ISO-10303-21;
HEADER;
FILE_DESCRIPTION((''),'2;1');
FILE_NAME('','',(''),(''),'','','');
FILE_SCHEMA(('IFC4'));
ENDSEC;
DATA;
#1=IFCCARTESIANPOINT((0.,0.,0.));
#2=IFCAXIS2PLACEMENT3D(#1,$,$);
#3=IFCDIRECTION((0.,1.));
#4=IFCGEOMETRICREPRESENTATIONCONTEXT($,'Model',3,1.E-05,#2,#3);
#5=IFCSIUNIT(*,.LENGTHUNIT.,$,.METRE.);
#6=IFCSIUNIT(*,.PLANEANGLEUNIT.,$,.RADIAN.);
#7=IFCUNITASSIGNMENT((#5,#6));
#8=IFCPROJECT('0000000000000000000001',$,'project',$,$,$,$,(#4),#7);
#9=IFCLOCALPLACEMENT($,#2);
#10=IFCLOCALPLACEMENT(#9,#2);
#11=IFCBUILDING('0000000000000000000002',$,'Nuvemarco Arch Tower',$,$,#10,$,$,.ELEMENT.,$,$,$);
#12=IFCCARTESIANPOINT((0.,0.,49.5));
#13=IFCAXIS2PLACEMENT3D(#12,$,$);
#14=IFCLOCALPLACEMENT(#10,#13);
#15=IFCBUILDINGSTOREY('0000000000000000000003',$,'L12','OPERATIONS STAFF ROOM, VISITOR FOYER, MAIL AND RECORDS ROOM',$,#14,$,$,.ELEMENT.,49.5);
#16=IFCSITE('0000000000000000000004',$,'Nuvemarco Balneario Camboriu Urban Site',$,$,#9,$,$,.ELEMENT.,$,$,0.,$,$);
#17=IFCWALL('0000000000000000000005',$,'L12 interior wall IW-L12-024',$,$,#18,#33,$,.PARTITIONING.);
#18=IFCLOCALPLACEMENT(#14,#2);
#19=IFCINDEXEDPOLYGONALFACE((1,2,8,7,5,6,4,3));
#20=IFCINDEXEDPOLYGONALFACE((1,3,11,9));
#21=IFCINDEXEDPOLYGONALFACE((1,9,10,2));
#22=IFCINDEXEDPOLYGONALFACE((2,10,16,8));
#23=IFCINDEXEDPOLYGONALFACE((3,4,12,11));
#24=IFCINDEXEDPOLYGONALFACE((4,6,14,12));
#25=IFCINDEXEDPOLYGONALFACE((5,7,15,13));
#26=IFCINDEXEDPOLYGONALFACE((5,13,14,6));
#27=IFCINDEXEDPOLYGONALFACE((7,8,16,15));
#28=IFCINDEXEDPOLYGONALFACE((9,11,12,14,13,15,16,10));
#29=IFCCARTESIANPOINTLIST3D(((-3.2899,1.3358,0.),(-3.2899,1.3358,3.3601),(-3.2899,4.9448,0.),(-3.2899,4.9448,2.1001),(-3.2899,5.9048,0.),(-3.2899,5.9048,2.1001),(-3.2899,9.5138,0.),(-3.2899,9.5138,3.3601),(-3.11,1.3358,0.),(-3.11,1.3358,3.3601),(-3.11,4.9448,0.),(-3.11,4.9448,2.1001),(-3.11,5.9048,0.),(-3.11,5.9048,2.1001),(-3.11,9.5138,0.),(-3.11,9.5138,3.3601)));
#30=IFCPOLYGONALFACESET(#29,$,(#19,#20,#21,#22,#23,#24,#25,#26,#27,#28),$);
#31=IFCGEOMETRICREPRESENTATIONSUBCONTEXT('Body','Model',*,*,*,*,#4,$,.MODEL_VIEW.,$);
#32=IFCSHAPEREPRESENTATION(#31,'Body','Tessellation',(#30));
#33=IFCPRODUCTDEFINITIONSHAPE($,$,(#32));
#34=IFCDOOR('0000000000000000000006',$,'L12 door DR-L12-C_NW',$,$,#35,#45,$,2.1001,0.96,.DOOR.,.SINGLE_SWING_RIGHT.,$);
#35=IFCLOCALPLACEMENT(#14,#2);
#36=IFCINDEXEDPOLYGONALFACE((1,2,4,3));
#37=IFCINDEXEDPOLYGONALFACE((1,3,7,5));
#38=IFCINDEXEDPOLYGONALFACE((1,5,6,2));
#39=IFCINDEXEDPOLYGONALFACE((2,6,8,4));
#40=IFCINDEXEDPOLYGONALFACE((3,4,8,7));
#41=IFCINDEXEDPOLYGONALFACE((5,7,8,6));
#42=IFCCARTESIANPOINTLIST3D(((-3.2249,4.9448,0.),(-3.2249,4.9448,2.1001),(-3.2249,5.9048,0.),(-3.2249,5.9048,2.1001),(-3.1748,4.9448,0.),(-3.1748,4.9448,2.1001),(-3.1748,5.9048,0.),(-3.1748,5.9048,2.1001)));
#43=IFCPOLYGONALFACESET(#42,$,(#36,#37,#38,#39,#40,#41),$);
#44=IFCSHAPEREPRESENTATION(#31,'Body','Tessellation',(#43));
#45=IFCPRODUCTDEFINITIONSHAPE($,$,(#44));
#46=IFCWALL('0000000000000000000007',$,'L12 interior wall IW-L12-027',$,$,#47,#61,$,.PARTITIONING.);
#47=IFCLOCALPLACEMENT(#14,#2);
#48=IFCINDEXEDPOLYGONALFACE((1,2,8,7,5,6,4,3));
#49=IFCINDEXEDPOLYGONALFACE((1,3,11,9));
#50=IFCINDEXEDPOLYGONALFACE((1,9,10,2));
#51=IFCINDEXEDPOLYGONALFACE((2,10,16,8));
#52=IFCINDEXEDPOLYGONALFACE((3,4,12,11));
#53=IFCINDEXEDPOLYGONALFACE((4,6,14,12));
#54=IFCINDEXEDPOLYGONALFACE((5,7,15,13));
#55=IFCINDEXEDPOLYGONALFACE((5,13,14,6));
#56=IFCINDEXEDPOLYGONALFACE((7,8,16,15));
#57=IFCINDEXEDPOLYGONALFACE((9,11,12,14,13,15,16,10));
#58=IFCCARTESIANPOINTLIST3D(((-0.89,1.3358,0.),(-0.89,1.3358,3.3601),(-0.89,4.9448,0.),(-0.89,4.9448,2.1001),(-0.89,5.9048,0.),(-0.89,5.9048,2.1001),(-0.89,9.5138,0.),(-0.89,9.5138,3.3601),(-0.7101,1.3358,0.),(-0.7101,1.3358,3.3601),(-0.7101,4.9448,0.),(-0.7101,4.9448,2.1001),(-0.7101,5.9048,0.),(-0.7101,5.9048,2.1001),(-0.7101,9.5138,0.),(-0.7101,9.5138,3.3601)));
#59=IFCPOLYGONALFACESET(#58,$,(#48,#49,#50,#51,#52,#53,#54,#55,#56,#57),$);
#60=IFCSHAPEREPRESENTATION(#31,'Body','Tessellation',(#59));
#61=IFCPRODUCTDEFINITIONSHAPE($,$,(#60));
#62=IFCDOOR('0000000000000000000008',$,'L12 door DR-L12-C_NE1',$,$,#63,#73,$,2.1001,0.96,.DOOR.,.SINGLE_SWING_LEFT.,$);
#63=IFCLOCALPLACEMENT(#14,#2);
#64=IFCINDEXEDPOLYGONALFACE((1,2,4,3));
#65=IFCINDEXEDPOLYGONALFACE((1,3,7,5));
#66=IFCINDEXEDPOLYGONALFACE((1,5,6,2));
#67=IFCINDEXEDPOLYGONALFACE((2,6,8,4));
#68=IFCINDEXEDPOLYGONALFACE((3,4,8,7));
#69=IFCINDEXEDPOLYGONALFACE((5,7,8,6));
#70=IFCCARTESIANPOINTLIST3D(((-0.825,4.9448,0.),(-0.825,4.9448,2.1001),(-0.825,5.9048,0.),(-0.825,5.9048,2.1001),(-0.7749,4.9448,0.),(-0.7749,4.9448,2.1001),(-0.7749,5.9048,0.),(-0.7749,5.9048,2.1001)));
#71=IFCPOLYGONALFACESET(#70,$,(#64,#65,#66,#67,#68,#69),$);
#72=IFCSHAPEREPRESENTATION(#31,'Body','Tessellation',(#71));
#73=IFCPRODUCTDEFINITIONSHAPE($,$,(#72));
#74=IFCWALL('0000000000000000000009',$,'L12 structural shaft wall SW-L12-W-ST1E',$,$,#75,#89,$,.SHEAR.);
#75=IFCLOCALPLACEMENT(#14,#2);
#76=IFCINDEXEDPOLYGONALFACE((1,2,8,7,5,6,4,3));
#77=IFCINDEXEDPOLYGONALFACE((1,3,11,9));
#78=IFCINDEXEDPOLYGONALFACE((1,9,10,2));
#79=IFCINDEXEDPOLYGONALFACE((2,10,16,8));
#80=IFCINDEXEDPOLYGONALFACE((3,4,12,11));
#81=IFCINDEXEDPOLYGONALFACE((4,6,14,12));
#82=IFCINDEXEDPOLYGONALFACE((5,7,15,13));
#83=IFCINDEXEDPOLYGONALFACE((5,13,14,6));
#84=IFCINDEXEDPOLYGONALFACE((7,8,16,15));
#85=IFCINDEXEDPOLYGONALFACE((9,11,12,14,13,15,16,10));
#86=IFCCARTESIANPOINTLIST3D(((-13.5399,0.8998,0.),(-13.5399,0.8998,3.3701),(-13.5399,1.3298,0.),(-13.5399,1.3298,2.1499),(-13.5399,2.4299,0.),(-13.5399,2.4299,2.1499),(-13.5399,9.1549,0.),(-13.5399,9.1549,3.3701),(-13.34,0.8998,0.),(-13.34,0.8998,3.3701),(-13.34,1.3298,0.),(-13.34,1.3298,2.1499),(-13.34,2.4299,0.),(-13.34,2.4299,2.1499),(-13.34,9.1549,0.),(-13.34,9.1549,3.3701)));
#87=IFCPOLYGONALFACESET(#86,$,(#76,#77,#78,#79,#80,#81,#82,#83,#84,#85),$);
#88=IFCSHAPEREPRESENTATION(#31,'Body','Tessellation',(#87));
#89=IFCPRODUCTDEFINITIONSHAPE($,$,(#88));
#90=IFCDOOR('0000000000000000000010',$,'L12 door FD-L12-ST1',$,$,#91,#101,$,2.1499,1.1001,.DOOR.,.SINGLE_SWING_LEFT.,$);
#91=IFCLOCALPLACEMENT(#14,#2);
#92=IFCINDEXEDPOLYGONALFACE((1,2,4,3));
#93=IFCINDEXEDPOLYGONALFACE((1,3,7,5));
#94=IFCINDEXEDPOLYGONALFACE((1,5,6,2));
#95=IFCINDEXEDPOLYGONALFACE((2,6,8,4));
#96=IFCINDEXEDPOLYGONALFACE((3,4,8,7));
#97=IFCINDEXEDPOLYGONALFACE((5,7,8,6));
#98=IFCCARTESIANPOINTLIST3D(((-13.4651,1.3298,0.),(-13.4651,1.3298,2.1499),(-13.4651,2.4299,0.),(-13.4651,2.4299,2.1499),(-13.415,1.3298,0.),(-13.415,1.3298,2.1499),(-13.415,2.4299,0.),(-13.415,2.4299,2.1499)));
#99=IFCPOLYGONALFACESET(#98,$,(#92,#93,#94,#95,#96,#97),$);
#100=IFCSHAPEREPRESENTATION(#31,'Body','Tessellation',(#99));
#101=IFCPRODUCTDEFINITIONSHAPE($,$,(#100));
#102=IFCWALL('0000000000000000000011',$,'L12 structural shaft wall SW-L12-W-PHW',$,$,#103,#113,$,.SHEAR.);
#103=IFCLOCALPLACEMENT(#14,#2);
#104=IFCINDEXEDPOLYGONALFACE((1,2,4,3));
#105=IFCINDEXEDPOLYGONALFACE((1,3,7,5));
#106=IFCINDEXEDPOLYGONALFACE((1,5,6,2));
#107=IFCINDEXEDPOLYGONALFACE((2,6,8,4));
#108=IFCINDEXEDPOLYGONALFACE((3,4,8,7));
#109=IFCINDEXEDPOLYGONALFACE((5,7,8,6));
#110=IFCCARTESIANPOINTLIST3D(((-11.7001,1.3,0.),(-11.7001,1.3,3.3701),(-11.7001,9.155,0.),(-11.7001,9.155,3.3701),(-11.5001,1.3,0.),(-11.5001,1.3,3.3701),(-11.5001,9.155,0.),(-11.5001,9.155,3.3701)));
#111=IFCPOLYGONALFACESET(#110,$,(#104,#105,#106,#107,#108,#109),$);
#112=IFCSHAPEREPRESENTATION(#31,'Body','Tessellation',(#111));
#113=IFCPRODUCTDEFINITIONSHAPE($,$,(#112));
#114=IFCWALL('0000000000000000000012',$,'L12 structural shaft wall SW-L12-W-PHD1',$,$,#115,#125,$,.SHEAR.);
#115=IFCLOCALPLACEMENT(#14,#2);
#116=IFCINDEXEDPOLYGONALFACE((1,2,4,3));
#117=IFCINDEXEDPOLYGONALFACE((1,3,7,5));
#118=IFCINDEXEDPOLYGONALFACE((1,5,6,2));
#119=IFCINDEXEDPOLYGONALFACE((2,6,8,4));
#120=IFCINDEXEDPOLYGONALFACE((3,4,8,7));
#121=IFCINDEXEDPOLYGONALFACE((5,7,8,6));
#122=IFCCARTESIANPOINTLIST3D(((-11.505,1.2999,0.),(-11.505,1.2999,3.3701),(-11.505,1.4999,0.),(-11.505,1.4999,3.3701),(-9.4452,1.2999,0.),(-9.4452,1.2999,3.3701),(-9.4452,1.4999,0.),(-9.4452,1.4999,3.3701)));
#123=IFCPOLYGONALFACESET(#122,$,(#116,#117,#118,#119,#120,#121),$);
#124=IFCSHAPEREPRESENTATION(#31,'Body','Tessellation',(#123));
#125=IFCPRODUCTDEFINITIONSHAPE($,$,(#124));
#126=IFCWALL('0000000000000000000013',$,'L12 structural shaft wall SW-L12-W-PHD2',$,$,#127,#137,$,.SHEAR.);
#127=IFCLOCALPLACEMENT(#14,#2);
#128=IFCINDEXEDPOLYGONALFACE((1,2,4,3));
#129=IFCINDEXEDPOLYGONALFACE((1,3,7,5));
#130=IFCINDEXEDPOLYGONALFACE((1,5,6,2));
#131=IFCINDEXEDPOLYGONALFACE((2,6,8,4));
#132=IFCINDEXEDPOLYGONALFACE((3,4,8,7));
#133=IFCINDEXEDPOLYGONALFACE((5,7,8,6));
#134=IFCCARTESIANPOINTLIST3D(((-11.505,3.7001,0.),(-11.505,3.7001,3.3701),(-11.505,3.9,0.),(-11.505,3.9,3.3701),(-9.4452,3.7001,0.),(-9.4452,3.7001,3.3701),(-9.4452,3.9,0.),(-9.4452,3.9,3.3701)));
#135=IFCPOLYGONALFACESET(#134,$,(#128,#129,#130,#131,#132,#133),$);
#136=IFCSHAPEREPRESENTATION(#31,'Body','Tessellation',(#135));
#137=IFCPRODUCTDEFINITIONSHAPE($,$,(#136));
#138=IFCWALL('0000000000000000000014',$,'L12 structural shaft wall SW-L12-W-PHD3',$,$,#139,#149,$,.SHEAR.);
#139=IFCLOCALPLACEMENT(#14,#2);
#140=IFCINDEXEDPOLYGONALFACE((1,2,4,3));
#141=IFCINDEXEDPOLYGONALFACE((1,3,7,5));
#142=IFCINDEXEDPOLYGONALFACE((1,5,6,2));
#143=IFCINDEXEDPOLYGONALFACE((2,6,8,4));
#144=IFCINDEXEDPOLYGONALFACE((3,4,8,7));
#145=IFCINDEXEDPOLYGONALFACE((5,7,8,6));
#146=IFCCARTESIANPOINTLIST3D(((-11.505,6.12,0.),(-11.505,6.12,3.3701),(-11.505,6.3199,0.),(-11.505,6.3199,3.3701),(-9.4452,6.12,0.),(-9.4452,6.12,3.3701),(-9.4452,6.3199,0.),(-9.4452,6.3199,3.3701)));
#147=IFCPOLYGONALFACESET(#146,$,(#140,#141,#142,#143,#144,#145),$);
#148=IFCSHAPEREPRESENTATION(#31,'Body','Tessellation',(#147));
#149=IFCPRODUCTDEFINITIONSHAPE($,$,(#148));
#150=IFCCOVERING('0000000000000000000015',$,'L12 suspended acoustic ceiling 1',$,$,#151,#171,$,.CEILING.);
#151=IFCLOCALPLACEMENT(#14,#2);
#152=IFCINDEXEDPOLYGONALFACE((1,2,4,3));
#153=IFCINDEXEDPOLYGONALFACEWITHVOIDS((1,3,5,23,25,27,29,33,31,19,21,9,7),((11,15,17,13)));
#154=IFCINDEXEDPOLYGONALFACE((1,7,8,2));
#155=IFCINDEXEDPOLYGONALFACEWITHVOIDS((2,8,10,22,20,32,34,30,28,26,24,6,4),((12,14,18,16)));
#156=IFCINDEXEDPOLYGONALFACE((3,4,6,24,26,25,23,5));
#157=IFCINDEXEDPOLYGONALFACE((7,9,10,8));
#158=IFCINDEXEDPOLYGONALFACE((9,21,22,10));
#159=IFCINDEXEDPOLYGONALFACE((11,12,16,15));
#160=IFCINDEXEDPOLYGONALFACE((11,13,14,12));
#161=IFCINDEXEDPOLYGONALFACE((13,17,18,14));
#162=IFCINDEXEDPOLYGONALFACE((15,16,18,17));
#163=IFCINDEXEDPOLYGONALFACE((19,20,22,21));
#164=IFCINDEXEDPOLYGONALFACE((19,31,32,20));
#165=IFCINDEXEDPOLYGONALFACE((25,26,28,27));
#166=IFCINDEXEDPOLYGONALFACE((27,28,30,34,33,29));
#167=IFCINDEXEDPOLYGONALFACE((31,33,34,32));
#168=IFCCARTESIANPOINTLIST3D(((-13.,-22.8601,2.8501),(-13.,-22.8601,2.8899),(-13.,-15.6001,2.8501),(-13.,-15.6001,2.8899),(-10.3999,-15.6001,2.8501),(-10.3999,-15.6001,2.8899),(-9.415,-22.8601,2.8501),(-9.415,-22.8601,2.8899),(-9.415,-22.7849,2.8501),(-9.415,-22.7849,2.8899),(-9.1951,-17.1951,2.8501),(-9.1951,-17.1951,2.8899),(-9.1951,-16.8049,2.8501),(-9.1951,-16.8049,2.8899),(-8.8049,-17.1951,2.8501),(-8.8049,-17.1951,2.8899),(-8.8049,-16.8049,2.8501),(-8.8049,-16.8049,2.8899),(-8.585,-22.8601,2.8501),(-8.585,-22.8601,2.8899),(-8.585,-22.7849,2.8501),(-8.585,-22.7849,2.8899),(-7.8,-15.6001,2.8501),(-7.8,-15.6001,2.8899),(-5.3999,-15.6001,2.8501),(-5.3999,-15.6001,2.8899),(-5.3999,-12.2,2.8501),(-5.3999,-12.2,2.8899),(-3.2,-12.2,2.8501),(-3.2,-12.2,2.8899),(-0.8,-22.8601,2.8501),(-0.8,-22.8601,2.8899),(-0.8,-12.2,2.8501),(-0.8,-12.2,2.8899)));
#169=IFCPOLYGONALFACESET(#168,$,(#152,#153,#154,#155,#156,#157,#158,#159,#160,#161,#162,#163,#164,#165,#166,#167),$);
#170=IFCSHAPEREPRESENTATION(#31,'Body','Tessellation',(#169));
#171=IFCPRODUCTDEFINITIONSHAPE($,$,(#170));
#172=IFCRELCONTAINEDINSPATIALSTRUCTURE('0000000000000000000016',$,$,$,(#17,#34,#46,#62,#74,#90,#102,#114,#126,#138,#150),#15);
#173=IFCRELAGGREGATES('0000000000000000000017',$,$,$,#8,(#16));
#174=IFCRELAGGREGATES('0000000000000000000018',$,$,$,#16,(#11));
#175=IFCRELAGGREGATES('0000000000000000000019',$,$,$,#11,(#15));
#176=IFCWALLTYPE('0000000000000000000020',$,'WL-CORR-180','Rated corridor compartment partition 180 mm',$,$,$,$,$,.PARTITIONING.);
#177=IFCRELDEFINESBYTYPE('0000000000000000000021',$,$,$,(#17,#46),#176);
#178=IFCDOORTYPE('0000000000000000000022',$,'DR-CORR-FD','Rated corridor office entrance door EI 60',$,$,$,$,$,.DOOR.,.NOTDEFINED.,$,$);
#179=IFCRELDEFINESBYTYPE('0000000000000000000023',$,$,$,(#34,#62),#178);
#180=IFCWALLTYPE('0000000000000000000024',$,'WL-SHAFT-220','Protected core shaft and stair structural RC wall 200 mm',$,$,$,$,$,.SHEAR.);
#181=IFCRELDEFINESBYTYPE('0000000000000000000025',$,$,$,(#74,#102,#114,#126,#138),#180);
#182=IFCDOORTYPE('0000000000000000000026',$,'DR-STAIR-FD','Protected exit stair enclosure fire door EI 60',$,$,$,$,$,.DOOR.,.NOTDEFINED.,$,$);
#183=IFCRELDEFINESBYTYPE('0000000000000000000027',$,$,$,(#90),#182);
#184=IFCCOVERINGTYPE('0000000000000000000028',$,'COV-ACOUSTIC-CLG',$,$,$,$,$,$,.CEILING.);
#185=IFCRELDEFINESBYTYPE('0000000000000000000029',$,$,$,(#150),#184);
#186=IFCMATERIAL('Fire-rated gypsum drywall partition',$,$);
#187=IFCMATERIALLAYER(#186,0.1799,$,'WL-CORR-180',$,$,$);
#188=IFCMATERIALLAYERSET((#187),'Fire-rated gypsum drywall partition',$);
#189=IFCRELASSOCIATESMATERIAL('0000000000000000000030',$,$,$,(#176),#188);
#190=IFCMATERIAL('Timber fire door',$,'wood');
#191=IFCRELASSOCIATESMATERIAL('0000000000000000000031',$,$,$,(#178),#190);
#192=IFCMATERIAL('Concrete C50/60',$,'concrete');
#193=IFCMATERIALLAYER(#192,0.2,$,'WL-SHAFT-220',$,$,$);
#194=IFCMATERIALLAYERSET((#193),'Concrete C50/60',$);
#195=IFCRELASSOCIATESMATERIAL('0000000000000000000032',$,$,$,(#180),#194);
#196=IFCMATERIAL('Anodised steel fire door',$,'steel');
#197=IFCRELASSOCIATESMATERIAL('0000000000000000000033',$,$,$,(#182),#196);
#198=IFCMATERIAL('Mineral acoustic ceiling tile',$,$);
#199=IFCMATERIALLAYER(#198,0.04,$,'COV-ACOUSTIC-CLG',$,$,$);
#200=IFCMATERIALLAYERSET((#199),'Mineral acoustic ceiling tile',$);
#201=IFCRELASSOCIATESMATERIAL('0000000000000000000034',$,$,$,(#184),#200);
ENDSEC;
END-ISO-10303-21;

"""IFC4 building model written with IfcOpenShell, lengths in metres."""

from ifc_helpers import new_model, si_unit, direction, frame, frame_2d, origin, place, context, subcontext, project, spatial, polyline, rectangle, outline, extrude, source, transform, mapped, material, layer, layer_set, type_object, type_shapes, element, fill, save


model = new_model("IFC4")

# Units and contexts
model_context = context("Model", 3, precision=1e-05, world=origin(), true_north=direction((0.0, 1.0)))
body_context = subcontext(model_context, "Body", "Model", "MODEL_VIEW")
ifc_project = project(units=[si_unit("LENGTHUNIT", "METRE"), si_unit("PLANEANGLEUNIT", "RADIAN")], contexts=[model_context])

# Site, building, storey
site_placement = place(None, origin())
site = spatial("IfcSite", under=ifc_project, at=site_placement, Name="Nuvemarco Balneario Camboriu Urban Site", CompositionType="ELEMENT", RefElevation=0.0)
building_placement = place(site_placement, origin())
building = spatial("IfcBuilding", under=site, at=building_placement, Name="Nuvemarco Arch Tower", CompositionType="ELEMENT")
storey_placement = place(building_placement, frame((0.0, 0.0, 49.5)))
storey = spatial("IfcBuildingStorey", under=building, at=storey_placement, Name="L12", Description="OPERATIONS STAFF ROOM, VISITOR FOYER, MAIL AND RECORDS ROOM", CompositionType="ELEMENT", Elevation=49.5)

# Shared definitions
ifc_material_1 = material(Name="Fire-rated gypsum drywall partition")
ifc_layer_1 = layer(ifc_material_1, 0.1799, Name="WL-CORR-180")
ifc_layer_set_1 = layer_set([ifc_layer_1], Name="Fire-rated gypsum drywall partition")
wall_type_1 = type_object("IfcWallType", Name="WL-CORR-180", Description="Rated corridor compartment partition 180 mm", PredefinedType="PARTITIONING", material=ifc_layer_set_1)

# Walls, openings, doors
ifc_material_2 = material(Name="Timber fire door", Category="wood")
door_type_1 = type_object("IfcDoorType", Name="DR-CORR-FD", Description="Rated corridor office entrance door EI 60", OperationType="NOTDEFINED", PredefinedType="DOOR", material=ifc_material_2)
shared_shape_1 = source(origin(), body_context, "Body", "SweptSolid", [
    extrude(rectangle(XDim=0.96, YDim=2.1001, at=frame_2d((0.48, 1.05))), frame((0.0, 0.0249, 0.0), z_axis=(0.0, -1.0, 0.0), x_axis=(1.0, 0.0, 0.0)), (0.0, 0.0, 1.0), 0.05),
])
type_shapes(door_type_1, [shared_shape_1])
wall_1_placement = place(storey_placement, frame((-3.2, 1.3359, 0.0), z_axis=(0.0, 0.0, 1.0), x_axis=(0.0, 1.0, 0.0)))
wall_1 = element("IfcWall", 1, at=wall_1_placement, inside=storey, type_object=wall_type_1, Name="L12 interior wall IW-L12-024", PredefinedType="PARTITIONING", context=body_context, shape_type="SweptSolid", body=[
    extrude(rectangle(XDim=8.178, YDim=0.1799, at=frame_2d((4.0889, 0.0))), origin(), (0.0, 0.0, 1.0), 3.3601),
])
opening_1_placement = place(wall_1_placement, frame((3.6089, 0.0, 0.0)))
opening_1 = element("IfcOpeningElement", 2, at=opening_1_placement, cuts=wall_1, PredefinedType="OPENING", context=body_context, shape_type="SweptSolid", body=[
    extrude(rectangle(XDim=0.96, YDim=2.1001, at=frame_2d((0.48, 1.05))), frame((0.0, 0.0999, 0.0), z_axis=(0.0, -1.0, 0.0), x_axis=(1.0, 0.0, 0.0)), (0.0, 0.0, 1.0), 0.2),
])
door_1_placement = place(opening_1_placement, origin())
door_1 = element("IfcDoor", 3, at=door_1_placement, inside=storey, type_object=door_type_1, Name="L12 door DR-L12-C_NW", OperationType="SINGLE_SWING_RIGHT", OverallHeight=2.1001, OverallWidth=0.96, PredefinedType="DOOR", context=body_context, shape_type="MappedRepresentation", body=[
    mapped(shared_shape_1, transform((0.0, 0.0, 0.0), scale=1.0)),
])
fill(opening_1, door_1)
wall_2_placement = place(storey_placement, frame((-0.8, 1.3359, 0.0), z_axis=(0.0, 0.0, 1.0), x_axis=(0.0, 1.0, 0.0)))
wall_2 = element("IfcWall", 4, at=wall_2_placement, inside=storey, type_object=wall_type_1, Name="L12 interior wall IW-L12-027", PredefinedType="PARTITIONING", context=body_context, shape_type="SweptSolid", body=[
    extrude(rectangle(XDim=8.178, YDim=0.1799, at=frame_2d((4.0889, 0.0))), origin(), (0.0, 0.0, 1.0), 3.3601),
])
opening_2_placement = place(wall_2_placement, frame((3.6089, 0.0, 0.0)))
opening_2 = element("IfcOpeningElement", 5, at=opening_2_placement, cuts=wall_2, PredefinedType="OPENING", context=body_context, shape_type="SweptSolid", body=[
    extrude(rectangle(XDim=0.96, YDim=2.1001, at=frame_2d((0.48, 1.05))), frame((0.0, 0.0999, 0.0), z_axis=(0.0, -1.0, 0.0), x_axis=(1.0, 0.0, 0.0)), (0.0, 0.0, 1.0), 0.2),
])
door_2_placement = place(opening_2_placement, origin())
door_2 = element("IfcDoor", 6, at=door_2_placement, inside=storey, type_object=door_type_1, Name="L12 door DR-L12-C_NE1", OperationType="SINGLE_SWING_LEFT", OverallHeight=2.1001, OverallWidth=0.96, PredefinedType="DOOR", context=body_context, shape_type="MappedRepresentation", body=[
    mapped(shared_shape_1, transform((0.0, 0.0, 0.0), scale=1.0)),
])
fill(opening_2, door_2)
ifc_material_3 = material(Name="Concrete C50/60", Category="concrete")
ifc_layer_2 = layer(ifc_material_3, 0.2, Name="WL-SHAFT-220")
ifc_layer_set_2 = layer_set([ifc_layer_2], Name="Concrete C50/60")
wall_type_2 = type_object("IfcWallType", Name="WL-SHAFT-220", Description="Protected core shaft and stair structural RC wall 200 mm", PredefinedType="SHEAR", material=ifc_layer_set_2)
wall_3_placement = place(storey_placement, frame((-13.4399, 0.8999, 0.0), z_axis=(0.0, 0.0, 1.0), x_axis=(0.0, 1.0, 0.0)))
wall_3 = element("IfcWall", 7, at=wall_3_placement, inside=storey, type_object=wall_type_2, Name="L12 structural shaft wall SW-L12-W-ST1E", PredefinedType="SHEAR", context=body_context, shape_type="SweptSolid", body=[
    extrude(rectangle(XDim=8.2551, YDim=0.2, at=frame_2d((4.1274, 0.0))), origin(), (0.0, 0.0, 1.0), 3.3701),
])
opening_3_placement = place(wall_3_placement, frame((1.53, 0.0, 0.0), z_axis=(0.0, 0.0, 1.0), x_axis=(-1.0, 0.0, 0.0)))
opening_3 = element("IfcOpeningElement", 8, at=opening_3_placement, cuts=wall_3, PredefinedType="OPENING", context=body_context, shape_type="SweptSolid", body=[
    extrude(rectangle(XDim=1.1001, YDim=2.1499, at=frame_2d((0.55, 1.075))), frame((0.0, 0.1099, 0.0), z_axis=(0.0, -1.0, 0.0), x_axis=(1.0, 0.0, 0.0)), (0.0, 0.0, 1.0), 0.22),
])
ifc_material_4 = material(Name="Anodised steel fire door", Category="steel")
door_type_2 = type_object("IfcDoorType", Name="DR-STAIR-FD", Description="Protected exit stair enclosure fire door EI 60", OperationType="NOTDEFINED", PredefinedType="DOOR", material=ifc_material_4)
shared_shape_2 = source(origin(), body_context, "Body", "SweptSolid", [
    extrude(rectangle(XDim=1.1001, YDim=2.1499, at=frame_2d((0.55, 1.075))), frame((0.0, 0.0249, 0.0), z_axis=(0.0, -1.0, 0.0), x_axis=(1.0, 0.0, 0.0)), (0.0, 0.0, 1.0), 0.05),
])
type_shapes(door_type_2, [shared_shape_2])
door_3_placement = place(opening_3_placement, origin())
door_3 = element("IfcDoor", 9, at=door_3_placement, inside=storey, type_object=door_type_2, Name="L12 door FD-L12-ST1", OperationType="SINGLE_SWING_LEFT", OverallHeight=2.1499, OverallWidth=1.1001, PredefinedType="DOOR", context=body_context, shape_type="MappedRepresentation", body=[
    mapped(shared_shape_2, transform((0.0, 0.0, 0.0), scale=1.0)),
])
fill(opening_3, door_3)

# Walls
wall_4_placement = place(storey_placement, frame((-11.6001, 1.3, 0.0), z_axis=(0.0, 0.0, 1.0), x_axis=(0.0, 1.0, 0.0)))
element("IfcWall", 10, at=wall_4_placement, inside=storey, type_object=wall_type_2, Name="L12 structural shaft wall SW-L12-W-PHW", PredefinedType="SHEAR", context=body_context, shape_type="SweptSolid", body=[
    extrude(rectangle(XDim=7.855, YDim=0.2, at=frame_2d((3.9275, 0.0))), origin(), (0.0, 0.0, 1.0), 3.3701),
])
for number, where, z_axis, x_axis, name in (
    (11, (-11.5049, 1.3999, 0.0), (0.0, 0.0, 1.0), (1.0, 0.0, 0.0), "L12 structural shaft wall SW-L12-W-PHD1"),
    (12, (-11.5049, 3.8, 0.0), (0.0, 0.0, 1.0), (1.0, 0.0, 0.0), "L12 structural shaft wall SW-L12-W-PHD2"),
    (13, (-11.5049, 6.22, 0.0), (0.0, 0.0, 1.0), (1.0, 0.0, 0.0), "L12 structural shaft wall SW-L12-W-PHD3"),
):
    element("IfcWall", number, at=place(storey_placement, frame(where, z_axis=z_axis, x_axis=x_axis)), inside=storey, type_object=wall_type_2, Name=name, PredefinedType="SHEAR", context=body_context, shape_type="SweptSolid", body=[
        extrude(rectangle(XDim=2.0598, YDim=0.2, at=frame_2d((1.0298, 0.0))), origin(), (0.0, 0.0, 1.0), 3.3701),
    ])

# Covering
ifc_material_5 = material(Name="Mineral acoustic ceiling tile")
ifc_layer_3 = layer(ifc_material_5, 0.04, Name="COV-ACOUSTIC-CLG")
ifc_layer_set_3 = layer_set([ifc_layer_3], Name="Mineral acoustic ceiling tile")
covering_type = type_object("IfcCoveringType", Name="COV-ACOUSTIC-CLG", PredefinedType="CEILING", material=ifc_layer_set_3)
covering_1_placement = place(storey_placement, frame((0.0, 0.0, 2.8501)))
element("IfcCovering", 14, at=covering_1_placement, inside=storey, type_object=covering_type, Name="L12 suspended acoustic ceiling 1", PredefinedType="CEILING", context=body_context, shape_type="SweptSolid", body=[
    extrude(outline(polyline([(-5.3999, -15.6001), (-5.3999, -12.2), (-3.2, -12.2), (-0.8, -12.2), (-0.8, -22.8601), (-8.585, -22.8601), (-8.585, -22.7849), (-9.415, -22.7849), (-9.415, -22.8601), (-13.0, -22.8601), (-13.0, -15.6001), (-10.3999, -15.6001), (-7.8, -15.6001), (-5.3999, -15.6001)]), holes=[polyline([(-8.8049, -17.1951), (-8.8049, -16.8049), (-9.1951, -16.8049), (-9.1951, -17.1951), (-8.8049, -17.1951)])]), origin(), (0.0, 0.0, 1.0), 0.0398),
])

save(model, "model.ifc")
